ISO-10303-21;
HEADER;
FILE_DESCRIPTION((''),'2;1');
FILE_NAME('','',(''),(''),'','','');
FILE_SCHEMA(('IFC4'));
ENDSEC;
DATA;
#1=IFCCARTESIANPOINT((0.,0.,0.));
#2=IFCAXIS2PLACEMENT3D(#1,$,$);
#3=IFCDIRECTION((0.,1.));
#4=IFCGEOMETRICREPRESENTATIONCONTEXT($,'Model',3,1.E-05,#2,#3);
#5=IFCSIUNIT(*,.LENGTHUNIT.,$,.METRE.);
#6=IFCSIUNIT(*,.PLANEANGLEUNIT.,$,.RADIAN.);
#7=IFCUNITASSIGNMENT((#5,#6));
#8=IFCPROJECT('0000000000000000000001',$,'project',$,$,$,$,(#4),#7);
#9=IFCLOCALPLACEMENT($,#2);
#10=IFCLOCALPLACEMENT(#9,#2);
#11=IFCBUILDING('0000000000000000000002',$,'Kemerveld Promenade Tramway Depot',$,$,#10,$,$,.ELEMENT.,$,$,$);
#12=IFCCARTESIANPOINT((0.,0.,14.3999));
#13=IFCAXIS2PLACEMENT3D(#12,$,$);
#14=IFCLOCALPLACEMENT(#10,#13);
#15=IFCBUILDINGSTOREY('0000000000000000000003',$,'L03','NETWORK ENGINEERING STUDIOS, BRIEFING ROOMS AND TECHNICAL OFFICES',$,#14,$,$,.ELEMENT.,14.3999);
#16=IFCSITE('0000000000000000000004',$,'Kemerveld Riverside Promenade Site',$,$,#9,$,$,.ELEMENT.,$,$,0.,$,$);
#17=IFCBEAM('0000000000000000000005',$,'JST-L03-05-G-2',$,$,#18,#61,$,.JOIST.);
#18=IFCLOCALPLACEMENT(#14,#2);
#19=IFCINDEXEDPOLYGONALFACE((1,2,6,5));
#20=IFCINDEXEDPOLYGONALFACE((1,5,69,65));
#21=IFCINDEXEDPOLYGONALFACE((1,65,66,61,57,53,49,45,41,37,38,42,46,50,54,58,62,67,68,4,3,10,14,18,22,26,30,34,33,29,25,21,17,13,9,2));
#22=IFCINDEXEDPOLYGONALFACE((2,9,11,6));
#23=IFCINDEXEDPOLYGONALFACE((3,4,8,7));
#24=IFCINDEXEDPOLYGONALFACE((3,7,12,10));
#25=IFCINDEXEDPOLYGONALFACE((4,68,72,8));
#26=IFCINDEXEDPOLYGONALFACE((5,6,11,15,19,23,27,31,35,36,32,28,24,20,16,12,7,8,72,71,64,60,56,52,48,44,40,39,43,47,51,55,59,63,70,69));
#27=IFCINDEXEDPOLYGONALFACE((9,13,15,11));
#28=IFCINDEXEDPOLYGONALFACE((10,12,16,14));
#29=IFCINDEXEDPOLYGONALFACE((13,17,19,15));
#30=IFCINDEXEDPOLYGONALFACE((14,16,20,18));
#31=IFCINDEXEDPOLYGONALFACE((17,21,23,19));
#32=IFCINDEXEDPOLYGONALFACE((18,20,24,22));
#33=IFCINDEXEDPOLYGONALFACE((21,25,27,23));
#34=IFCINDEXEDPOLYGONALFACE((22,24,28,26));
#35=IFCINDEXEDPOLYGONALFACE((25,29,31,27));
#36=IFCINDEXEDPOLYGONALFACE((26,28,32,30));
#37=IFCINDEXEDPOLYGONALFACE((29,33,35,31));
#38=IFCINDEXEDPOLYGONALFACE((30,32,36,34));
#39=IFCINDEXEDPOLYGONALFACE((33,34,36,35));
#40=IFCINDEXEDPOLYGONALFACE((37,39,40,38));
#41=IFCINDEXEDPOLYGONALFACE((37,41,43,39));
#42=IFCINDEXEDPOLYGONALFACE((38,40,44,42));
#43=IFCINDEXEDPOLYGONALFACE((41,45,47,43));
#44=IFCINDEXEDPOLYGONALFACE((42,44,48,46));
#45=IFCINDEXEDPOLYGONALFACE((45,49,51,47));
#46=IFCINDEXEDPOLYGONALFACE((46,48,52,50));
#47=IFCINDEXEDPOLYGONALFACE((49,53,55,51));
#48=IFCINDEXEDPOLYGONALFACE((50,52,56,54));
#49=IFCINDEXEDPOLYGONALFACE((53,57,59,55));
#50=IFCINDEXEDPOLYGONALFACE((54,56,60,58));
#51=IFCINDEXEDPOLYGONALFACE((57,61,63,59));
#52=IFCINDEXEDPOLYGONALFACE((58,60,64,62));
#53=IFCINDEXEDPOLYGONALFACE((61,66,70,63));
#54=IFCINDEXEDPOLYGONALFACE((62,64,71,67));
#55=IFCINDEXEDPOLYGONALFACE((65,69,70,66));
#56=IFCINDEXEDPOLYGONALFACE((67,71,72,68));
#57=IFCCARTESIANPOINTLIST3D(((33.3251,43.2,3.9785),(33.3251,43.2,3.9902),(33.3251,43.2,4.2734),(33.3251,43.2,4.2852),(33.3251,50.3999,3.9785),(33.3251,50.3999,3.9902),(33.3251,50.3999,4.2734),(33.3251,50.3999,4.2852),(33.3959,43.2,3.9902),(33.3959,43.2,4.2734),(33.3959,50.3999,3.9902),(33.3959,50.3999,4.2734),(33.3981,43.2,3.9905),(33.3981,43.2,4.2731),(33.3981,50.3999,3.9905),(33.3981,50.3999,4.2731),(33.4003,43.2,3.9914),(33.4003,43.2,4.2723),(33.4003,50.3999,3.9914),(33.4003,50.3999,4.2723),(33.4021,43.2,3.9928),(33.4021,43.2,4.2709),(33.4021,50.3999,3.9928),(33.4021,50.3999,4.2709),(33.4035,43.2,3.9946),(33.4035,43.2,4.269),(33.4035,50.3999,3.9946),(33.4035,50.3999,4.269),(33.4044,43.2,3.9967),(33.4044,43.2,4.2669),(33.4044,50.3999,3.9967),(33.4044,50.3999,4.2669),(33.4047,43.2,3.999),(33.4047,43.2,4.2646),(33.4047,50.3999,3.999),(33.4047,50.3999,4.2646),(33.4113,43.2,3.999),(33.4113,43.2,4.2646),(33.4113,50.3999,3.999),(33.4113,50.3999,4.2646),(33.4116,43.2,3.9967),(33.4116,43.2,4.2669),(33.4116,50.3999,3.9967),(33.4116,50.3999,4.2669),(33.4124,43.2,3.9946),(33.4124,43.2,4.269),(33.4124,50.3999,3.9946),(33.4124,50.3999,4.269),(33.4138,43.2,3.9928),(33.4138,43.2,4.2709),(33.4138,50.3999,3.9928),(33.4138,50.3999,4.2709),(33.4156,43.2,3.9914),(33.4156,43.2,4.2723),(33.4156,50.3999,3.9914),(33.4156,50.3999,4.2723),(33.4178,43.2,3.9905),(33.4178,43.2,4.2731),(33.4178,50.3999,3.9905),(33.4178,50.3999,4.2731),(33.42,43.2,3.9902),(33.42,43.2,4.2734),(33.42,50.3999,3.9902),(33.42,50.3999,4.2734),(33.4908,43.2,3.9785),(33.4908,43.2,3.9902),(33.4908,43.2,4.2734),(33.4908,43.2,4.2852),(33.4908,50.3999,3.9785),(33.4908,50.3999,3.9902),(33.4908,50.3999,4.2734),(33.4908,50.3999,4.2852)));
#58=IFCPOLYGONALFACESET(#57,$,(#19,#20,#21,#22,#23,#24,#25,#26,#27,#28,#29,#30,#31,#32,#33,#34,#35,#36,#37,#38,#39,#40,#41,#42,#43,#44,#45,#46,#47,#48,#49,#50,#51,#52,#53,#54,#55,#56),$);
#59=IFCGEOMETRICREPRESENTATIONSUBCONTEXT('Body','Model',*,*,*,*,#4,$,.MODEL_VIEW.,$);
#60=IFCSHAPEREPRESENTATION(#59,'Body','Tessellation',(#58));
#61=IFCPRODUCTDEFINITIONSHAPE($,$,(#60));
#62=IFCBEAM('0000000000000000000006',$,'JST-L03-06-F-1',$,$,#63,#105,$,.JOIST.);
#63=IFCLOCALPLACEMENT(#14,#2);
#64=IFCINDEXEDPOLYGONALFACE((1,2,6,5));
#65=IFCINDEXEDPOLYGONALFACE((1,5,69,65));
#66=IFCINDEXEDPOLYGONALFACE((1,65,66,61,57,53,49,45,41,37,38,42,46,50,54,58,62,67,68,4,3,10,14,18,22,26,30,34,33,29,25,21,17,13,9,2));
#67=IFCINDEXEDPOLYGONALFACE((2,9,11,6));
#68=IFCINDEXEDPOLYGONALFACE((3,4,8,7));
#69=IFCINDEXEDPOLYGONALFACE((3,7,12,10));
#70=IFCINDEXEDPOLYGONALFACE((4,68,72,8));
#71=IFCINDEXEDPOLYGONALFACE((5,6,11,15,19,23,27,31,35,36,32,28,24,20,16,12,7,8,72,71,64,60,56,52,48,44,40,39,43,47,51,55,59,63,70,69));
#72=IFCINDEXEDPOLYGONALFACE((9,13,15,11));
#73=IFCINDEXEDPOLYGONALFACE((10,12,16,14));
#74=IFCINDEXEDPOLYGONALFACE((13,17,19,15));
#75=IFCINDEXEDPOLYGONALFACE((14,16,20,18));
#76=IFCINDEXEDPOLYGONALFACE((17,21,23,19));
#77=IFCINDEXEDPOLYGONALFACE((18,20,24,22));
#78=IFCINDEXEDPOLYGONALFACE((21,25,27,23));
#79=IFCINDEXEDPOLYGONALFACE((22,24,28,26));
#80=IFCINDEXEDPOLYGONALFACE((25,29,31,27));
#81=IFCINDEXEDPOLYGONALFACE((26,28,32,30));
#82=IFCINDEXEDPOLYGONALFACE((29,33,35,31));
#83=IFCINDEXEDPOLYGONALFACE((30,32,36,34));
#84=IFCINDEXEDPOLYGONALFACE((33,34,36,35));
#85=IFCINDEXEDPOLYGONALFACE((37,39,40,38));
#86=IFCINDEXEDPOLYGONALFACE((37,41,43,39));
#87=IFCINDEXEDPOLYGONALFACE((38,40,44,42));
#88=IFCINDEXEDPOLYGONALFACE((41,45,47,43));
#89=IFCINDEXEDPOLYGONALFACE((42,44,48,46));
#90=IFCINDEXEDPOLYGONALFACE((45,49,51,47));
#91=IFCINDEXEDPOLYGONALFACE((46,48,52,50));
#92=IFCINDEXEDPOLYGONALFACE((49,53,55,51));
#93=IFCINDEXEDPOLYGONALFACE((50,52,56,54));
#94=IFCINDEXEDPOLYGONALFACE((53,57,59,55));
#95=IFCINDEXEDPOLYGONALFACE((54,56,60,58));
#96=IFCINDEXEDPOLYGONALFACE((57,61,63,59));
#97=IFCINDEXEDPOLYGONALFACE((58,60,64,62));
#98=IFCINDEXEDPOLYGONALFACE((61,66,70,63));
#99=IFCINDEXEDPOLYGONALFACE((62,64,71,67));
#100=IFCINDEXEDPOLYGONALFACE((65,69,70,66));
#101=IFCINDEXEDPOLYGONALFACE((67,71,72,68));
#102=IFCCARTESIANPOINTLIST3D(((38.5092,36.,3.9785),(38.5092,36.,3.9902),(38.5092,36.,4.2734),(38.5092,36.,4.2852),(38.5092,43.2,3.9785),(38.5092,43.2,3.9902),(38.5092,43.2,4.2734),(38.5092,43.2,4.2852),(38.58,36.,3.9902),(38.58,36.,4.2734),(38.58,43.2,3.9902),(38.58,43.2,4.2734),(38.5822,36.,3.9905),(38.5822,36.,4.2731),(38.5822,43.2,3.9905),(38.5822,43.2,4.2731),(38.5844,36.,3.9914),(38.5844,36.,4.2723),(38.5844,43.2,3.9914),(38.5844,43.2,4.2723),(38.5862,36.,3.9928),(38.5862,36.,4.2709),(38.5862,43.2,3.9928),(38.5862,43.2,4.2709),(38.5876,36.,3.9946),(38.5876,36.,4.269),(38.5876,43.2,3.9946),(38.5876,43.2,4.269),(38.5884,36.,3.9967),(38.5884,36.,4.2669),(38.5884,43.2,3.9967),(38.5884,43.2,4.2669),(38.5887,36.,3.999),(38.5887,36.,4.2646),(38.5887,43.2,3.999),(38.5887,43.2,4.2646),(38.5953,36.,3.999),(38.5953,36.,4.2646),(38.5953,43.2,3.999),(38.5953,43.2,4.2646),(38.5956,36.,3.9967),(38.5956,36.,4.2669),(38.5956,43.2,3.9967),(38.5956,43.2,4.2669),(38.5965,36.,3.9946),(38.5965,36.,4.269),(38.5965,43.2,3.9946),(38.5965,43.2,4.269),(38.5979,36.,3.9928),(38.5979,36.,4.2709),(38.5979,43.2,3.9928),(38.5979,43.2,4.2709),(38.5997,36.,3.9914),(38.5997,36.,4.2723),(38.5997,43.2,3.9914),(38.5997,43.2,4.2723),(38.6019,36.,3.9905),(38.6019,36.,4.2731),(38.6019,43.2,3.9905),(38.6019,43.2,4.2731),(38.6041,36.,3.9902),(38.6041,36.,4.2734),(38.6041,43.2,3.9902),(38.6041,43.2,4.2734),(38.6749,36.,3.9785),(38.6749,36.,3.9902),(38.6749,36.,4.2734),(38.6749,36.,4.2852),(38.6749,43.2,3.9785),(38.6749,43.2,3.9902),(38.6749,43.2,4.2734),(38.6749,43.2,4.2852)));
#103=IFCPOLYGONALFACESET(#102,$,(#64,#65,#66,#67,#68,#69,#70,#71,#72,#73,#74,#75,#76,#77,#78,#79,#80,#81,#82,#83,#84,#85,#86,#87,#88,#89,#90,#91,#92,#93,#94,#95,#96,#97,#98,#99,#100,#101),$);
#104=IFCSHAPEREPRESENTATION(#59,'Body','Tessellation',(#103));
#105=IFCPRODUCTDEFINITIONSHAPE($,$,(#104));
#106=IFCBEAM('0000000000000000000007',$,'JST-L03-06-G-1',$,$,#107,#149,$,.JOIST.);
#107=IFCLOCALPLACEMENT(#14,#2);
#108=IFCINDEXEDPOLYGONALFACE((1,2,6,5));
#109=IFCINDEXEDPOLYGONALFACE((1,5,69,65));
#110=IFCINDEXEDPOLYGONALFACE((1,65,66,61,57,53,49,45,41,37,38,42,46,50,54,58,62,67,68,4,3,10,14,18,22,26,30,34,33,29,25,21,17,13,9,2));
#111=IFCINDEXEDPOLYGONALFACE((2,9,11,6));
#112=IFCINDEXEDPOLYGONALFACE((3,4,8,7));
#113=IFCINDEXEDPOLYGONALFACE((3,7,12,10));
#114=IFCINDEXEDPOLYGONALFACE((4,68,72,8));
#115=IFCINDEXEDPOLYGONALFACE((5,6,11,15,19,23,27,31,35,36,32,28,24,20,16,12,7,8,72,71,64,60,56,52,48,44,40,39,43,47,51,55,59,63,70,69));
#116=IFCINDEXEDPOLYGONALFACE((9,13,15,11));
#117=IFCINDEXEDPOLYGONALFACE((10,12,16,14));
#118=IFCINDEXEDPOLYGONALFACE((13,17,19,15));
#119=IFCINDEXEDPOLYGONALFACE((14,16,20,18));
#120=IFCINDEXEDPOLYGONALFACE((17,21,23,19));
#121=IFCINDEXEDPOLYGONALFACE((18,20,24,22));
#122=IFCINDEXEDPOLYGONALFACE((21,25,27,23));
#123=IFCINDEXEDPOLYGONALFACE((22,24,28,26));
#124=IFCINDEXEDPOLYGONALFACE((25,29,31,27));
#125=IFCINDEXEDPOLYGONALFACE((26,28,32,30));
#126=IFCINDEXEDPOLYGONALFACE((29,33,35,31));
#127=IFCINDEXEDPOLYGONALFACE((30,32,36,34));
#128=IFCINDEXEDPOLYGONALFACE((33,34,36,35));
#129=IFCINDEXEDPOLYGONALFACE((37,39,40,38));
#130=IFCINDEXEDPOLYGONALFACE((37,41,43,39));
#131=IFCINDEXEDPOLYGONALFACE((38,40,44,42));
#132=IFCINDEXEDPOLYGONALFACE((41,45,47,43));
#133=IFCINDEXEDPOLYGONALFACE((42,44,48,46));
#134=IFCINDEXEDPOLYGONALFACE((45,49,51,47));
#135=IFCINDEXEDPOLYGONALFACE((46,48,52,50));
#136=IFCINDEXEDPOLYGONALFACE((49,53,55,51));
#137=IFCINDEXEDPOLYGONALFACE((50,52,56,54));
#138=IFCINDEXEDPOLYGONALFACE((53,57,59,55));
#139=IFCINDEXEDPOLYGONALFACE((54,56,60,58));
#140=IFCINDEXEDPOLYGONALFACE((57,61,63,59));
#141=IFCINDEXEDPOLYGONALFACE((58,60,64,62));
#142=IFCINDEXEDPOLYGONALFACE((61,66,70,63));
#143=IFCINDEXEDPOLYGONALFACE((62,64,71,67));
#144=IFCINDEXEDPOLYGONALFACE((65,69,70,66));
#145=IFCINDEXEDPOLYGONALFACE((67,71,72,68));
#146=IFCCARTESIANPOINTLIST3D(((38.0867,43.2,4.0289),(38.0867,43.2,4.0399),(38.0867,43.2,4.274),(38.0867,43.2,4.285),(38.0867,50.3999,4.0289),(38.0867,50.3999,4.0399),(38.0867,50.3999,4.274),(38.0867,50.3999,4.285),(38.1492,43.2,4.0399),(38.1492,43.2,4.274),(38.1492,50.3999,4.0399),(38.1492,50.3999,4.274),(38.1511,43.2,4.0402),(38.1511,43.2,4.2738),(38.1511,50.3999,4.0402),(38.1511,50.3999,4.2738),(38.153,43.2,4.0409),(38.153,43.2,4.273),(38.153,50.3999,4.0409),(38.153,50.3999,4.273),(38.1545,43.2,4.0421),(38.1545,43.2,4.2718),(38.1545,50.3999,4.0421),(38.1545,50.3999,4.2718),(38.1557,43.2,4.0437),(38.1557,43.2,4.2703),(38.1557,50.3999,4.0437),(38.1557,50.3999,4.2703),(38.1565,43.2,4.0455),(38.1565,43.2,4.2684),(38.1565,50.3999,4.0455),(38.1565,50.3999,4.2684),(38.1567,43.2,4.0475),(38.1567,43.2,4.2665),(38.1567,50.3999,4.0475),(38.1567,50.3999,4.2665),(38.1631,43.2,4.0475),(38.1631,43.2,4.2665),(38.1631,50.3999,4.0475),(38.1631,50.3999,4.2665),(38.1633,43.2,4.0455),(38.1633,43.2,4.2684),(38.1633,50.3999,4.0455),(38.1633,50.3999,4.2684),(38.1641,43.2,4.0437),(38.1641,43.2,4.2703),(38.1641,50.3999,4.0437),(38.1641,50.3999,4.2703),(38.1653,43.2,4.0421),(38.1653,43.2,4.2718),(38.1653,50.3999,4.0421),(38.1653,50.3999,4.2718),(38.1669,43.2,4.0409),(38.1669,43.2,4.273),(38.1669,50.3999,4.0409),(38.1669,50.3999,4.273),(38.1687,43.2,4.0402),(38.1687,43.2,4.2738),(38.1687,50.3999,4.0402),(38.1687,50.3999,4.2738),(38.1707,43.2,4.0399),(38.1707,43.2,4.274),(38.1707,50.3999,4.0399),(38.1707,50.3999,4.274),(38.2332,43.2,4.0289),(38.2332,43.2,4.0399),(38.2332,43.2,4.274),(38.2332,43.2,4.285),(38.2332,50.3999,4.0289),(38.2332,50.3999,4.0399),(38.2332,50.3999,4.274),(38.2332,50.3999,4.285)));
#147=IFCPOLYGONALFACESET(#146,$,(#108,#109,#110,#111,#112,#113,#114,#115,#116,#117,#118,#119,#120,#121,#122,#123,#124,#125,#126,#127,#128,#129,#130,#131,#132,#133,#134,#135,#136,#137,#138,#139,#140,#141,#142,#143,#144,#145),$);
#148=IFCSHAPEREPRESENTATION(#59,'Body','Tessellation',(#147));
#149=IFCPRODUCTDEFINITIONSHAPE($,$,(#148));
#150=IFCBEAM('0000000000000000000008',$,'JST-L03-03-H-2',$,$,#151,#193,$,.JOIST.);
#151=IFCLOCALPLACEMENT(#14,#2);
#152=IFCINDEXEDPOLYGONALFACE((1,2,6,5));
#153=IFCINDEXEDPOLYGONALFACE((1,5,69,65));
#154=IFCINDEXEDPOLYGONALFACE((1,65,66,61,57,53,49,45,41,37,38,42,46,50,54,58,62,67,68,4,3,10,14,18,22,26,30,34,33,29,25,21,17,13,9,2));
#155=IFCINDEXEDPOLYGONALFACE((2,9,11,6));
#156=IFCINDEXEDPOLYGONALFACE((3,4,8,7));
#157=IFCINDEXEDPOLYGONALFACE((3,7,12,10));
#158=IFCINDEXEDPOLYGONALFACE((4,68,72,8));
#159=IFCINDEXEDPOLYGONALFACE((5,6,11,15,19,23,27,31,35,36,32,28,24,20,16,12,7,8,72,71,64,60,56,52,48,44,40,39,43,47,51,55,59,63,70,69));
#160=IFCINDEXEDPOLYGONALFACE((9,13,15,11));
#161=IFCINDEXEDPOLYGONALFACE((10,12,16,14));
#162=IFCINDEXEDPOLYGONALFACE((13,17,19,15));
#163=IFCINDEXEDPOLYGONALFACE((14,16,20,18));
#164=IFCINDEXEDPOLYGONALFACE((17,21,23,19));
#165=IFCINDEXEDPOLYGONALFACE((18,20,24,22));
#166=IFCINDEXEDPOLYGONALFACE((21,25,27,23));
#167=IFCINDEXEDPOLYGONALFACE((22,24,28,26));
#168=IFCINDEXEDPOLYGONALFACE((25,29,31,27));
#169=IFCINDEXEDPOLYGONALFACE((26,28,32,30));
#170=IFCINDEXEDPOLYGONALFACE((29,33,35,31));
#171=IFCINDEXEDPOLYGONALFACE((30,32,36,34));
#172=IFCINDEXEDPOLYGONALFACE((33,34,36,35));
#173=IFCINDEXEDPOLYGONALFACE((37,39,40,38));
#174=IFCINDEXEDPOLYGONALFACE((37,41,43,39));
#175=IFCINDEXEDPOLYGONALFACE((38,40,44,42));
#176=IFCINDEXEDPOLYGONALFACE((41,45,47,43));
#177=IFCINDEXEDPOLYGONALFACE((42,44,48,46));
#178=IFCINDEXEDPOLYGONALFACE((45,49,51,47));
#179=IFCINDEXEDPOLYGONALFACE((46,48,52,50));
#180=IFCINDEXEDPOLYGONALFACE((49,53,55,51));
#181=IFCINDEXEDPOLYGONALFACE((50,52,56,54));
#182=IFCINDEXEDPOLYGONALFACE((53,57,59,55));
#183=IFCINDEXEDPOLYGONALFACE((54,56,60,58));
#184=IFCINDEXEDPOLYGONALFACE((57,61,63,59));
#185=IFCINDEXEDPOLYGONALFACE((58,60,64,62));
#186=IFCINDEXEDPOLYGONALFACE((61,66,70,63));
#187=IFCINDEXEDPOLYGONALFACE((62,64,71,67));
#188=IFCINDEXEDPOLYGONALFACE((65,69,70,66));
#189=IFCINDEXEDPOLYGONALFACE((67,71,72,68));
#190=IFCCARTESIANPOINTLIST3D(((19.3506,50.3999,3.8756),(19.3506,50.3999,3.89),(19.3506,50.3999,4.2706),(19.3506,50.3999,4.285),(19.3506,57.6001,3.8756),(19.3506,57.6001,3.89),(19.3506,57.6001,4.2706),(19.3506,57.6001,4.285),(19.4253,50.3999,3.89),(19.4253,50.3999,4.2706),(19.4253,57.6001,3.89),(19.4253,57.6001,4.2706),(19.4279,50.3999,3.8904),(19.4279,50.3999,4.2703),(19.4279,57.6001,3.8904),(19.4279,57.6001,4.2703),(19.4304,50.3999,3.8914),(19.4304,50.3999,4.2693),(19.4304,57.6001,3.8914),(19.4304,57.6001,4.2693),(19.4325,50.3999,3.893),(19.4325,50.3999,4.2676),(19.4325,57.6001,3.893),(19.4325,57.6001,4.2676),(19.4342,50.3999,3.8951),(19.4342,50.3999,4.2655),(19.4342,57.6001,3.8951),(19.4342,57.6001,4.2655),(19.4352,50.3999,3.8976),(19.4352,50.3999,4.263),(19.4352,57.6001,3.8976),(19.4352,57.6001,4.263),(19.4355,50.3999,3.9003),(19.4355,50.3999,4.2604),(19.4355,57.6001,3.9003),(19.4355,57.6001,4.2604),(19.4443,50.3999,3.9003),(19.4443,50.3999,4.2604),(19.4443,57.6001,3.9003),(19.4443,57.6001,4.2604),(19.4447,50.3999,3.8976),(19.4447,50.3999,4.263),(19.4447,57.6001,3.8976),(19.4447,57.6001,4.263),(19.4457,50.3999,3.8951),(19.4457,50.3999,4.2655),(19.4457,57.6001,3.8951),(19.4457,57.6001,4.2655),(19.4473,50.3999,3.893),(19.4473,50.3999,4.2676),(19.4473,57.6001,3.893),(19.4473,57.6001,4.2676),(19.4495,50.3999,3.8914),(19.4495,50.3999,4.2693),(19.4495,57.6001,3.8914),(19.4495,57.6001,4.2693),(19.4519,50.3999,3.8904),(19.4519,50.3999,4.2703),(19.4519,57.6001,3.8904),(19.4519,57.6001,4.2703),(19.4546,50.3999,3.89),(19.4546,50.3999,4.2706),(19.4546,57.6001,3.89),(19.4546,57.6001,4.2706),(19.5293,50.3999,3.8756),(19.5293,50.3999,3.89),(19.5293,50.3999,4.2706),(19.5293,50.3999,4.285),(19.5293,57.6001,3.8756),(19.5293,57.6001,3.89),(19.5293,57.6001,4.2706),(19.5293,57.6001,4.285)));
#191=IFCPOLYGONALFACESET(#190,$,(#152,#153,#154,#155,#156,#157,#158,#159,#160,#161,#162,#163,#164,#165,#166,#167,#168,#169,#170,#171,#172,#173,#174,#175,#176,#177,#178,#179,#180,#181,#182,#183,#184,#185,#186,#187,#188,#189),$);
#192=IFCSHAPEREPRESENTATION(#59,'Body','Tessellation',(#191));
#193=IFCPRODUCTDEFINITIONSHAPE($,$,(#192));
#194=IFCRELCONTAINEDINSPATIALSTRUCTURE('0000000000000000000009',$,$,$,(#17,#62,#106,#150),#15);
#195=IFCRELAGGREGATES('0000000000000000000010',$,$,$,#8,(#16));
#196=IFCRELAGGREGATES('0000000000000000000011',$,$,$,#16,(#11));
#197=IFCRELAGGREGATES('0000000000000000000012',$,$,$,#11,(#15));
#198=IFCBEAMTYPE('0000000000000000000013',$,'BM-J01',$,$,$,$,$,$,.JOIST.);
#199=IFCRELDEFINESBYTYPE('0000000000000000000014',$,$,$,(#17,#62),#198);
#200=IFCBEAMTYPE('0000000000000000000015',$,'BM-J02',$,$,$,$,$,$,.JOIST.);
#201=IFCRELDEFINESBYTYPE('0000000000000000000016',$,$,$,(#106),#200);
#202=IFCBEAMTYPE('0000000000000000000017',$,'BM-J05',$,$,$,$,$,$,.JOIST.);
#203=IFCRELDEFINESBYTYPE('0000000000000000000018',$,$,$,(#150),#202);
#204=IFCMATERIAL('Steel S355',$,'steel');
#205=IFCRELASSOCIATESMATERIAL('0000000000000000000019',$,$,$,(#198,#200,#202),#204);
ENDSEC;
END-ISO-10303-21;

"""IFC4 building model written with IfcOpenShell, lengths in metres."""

from ifc_helpers import new_model, si_unit, direction, frame, origin, origin_2d, place, context, subcontext, project, spatial, i_section, extrude, material, material_profile, profile_set, type_object, element, save


model = new_model("IFC4")

# Units and contexts
model_context = context("Model", 3, precision=1e-05, world=origin(), true_north=direction((0.0, 1.0)))
body_context = subcontext(model_context, "Body", "Model", "MODEL_VIEW")
ifc_project = project(units=[si_unit("LENGTHUNIT", "METRE"), si_unit("PLANEANGLEUNIT", "RADIAN")], contexts=[model_context])

# Site, building, storey
site_placement = place(None, origin())
site = spatial("IfcSite", under=ifc_project, at=site_placement, Name="Kemerveld Riverside Promenade Site", CompositionType="ELEMENT", RefElevation=0.0)
building_placement = place(site_placement, origin())
building = spatial("IfcBuilding", under=site, at=building_placement, Name="Kemerveld Promenade Tramway Depot", CompositionType="ELEMENT")
storey_placement = place(building_placement, frame((0.0, 0.0, 14.3999)))
storey = spatial("IfcBuildingStorey", under=building, at=storey_placement, Name="L03", Description="NETWORK ENGINEERING STUDIOS, BRIEFING ROOMS AND TECHNICAL OFFICES", CompositionType="ELEMENT", Elevation=14.3999)

# Shared definitions
ifc_material = material(Name="Steel S355", Category="steel")

# Beams
ifc_material_profile_1 = material_profile(ifc_material, i_section(OverallWidth=0.1658, OverallDepth=0.3066, WebThickness=0.0066, FlangeThickness=0.0117, FilletRadius=0.0088, at=origin_2d()), Name="305x165x46 UB")
ifc_profile_set_1 = profile_set([ifc_material_profile_1], Name="Steel S355")
beam_type_1 = type_object("IfcBeamType", Name="BM-J01", PredefinedType="JOIST", material=ifc_profile_set_1)
for number, where, z_axis, x_axis, name in (
    (1, (33.408, 43.2, 4.1318), (0.0, 1.0, 0.0), (-1.0, 0.0, 0.0), "JST-L03-05-G-2"),
    (2, (38.592, 36.0, 4.1318), (0.0, 1.0, 0.0), (-1.0, 0.0, 0.0), "JST-L03-06-F-1"),
):
    element("IfcBeam", number, at=place(storey_placement, frame(where, z_axis=z_axis, x_axis=x_axis)), inside=storey, type_object=beam_type_1, Name=name, PredefinedType="JOIST", context=body_context, shape_type="SweptSolid", body=[
        extrude(i_section(OverallWidth=0.1658, OverallDepth=0.3066, WebThickness=0.0066, FlangeThickness=0.0117, FilletRadius=0.0088, at=origin_2d()), origin(), (0.0, 0.0, 1.0), 7.2),
    ])
ifc_material_profile_2 = material_profile(ifc_material, i_section(OverallWidth=0.1465, OverallDepth=0.2561, WebThickness=0.0063, FlangeThickness=0.011, FilletRadius=0.0076, at=origin_2d()), Name="254x146x37 UB")
ifc_profile_set_2 = profile_set([ifc_material_profile_2], Name="Steel S355")
beam_type_2 = type_object("IfcBeamType", Name="BM-J02", PredefinedType="JOIST", material=ifc_profile_set_2)
beam_1_placement = place(storey_placement, frame((38.1599, 43.2, 4.157), z_axis=(0.0, 1.0, 0.0), x_axis=(-1.0, 0.0, 0.0)))
element("IfcBeam", 3, at=beam_1_placement, inside=storey, type_object=beam_type_2, Name="JST-L03-06-G-1", PredefinedType="JOIST", context=body_context, shape_type="SweptSolid", body=[
    extrude(i_section(OverallWidth=0.1465, OverallDepth=0.2561, WebThickness=0.0063, FlangeThickness=0.011, FilletRadius=0.0076, at=origin_2d()), origin(), (0.0, 0.0, 1.0), 7.2),
])
ifc_material_profile_3 = material_profile(ifc_material, i_section(OverallWidth=0.1787, OverallDepth=0.4094, WebThickness=0.0088, FlangeThickness=0.0144, FilletRadius=0.0103, at=origin_2d()), Name="406x178x67 UB")
ifc_profile_set_3 = profile_set([ifc_material_profile_3], Name="Steel S355")
beam_type_3 = type_object("IfcBeamType", Name="BM-J05", PredefinedType="JOIST", material=ifc_profile_set_3)
beam_2_placement = place(storey_placement, frame((19.4399, 50.3999, 4.0803), z_axis=(0.0, 1.0, 0.0), x_axis=(-1.0, 0.0, 0.0)))
element("IfcBeam", 4, at=beam_2_placement, inside=storey, type_object=beam_type_3, Name="JST-L03-03-H-2", PredefinedType="JOIST", context=body_context, shape_type="SweptSolid", body=[
    extrude(i_section(OverallWidth=0.1787, OverallDepth=0.4094, WebThickness=0.0088, FlangeThickness=0.0144, FilletRadius=0.0103, at=origin_2d()), origin(), (0.0, 0.0, 1.0), 7.2002),
])

save(model, "model.ifc")
